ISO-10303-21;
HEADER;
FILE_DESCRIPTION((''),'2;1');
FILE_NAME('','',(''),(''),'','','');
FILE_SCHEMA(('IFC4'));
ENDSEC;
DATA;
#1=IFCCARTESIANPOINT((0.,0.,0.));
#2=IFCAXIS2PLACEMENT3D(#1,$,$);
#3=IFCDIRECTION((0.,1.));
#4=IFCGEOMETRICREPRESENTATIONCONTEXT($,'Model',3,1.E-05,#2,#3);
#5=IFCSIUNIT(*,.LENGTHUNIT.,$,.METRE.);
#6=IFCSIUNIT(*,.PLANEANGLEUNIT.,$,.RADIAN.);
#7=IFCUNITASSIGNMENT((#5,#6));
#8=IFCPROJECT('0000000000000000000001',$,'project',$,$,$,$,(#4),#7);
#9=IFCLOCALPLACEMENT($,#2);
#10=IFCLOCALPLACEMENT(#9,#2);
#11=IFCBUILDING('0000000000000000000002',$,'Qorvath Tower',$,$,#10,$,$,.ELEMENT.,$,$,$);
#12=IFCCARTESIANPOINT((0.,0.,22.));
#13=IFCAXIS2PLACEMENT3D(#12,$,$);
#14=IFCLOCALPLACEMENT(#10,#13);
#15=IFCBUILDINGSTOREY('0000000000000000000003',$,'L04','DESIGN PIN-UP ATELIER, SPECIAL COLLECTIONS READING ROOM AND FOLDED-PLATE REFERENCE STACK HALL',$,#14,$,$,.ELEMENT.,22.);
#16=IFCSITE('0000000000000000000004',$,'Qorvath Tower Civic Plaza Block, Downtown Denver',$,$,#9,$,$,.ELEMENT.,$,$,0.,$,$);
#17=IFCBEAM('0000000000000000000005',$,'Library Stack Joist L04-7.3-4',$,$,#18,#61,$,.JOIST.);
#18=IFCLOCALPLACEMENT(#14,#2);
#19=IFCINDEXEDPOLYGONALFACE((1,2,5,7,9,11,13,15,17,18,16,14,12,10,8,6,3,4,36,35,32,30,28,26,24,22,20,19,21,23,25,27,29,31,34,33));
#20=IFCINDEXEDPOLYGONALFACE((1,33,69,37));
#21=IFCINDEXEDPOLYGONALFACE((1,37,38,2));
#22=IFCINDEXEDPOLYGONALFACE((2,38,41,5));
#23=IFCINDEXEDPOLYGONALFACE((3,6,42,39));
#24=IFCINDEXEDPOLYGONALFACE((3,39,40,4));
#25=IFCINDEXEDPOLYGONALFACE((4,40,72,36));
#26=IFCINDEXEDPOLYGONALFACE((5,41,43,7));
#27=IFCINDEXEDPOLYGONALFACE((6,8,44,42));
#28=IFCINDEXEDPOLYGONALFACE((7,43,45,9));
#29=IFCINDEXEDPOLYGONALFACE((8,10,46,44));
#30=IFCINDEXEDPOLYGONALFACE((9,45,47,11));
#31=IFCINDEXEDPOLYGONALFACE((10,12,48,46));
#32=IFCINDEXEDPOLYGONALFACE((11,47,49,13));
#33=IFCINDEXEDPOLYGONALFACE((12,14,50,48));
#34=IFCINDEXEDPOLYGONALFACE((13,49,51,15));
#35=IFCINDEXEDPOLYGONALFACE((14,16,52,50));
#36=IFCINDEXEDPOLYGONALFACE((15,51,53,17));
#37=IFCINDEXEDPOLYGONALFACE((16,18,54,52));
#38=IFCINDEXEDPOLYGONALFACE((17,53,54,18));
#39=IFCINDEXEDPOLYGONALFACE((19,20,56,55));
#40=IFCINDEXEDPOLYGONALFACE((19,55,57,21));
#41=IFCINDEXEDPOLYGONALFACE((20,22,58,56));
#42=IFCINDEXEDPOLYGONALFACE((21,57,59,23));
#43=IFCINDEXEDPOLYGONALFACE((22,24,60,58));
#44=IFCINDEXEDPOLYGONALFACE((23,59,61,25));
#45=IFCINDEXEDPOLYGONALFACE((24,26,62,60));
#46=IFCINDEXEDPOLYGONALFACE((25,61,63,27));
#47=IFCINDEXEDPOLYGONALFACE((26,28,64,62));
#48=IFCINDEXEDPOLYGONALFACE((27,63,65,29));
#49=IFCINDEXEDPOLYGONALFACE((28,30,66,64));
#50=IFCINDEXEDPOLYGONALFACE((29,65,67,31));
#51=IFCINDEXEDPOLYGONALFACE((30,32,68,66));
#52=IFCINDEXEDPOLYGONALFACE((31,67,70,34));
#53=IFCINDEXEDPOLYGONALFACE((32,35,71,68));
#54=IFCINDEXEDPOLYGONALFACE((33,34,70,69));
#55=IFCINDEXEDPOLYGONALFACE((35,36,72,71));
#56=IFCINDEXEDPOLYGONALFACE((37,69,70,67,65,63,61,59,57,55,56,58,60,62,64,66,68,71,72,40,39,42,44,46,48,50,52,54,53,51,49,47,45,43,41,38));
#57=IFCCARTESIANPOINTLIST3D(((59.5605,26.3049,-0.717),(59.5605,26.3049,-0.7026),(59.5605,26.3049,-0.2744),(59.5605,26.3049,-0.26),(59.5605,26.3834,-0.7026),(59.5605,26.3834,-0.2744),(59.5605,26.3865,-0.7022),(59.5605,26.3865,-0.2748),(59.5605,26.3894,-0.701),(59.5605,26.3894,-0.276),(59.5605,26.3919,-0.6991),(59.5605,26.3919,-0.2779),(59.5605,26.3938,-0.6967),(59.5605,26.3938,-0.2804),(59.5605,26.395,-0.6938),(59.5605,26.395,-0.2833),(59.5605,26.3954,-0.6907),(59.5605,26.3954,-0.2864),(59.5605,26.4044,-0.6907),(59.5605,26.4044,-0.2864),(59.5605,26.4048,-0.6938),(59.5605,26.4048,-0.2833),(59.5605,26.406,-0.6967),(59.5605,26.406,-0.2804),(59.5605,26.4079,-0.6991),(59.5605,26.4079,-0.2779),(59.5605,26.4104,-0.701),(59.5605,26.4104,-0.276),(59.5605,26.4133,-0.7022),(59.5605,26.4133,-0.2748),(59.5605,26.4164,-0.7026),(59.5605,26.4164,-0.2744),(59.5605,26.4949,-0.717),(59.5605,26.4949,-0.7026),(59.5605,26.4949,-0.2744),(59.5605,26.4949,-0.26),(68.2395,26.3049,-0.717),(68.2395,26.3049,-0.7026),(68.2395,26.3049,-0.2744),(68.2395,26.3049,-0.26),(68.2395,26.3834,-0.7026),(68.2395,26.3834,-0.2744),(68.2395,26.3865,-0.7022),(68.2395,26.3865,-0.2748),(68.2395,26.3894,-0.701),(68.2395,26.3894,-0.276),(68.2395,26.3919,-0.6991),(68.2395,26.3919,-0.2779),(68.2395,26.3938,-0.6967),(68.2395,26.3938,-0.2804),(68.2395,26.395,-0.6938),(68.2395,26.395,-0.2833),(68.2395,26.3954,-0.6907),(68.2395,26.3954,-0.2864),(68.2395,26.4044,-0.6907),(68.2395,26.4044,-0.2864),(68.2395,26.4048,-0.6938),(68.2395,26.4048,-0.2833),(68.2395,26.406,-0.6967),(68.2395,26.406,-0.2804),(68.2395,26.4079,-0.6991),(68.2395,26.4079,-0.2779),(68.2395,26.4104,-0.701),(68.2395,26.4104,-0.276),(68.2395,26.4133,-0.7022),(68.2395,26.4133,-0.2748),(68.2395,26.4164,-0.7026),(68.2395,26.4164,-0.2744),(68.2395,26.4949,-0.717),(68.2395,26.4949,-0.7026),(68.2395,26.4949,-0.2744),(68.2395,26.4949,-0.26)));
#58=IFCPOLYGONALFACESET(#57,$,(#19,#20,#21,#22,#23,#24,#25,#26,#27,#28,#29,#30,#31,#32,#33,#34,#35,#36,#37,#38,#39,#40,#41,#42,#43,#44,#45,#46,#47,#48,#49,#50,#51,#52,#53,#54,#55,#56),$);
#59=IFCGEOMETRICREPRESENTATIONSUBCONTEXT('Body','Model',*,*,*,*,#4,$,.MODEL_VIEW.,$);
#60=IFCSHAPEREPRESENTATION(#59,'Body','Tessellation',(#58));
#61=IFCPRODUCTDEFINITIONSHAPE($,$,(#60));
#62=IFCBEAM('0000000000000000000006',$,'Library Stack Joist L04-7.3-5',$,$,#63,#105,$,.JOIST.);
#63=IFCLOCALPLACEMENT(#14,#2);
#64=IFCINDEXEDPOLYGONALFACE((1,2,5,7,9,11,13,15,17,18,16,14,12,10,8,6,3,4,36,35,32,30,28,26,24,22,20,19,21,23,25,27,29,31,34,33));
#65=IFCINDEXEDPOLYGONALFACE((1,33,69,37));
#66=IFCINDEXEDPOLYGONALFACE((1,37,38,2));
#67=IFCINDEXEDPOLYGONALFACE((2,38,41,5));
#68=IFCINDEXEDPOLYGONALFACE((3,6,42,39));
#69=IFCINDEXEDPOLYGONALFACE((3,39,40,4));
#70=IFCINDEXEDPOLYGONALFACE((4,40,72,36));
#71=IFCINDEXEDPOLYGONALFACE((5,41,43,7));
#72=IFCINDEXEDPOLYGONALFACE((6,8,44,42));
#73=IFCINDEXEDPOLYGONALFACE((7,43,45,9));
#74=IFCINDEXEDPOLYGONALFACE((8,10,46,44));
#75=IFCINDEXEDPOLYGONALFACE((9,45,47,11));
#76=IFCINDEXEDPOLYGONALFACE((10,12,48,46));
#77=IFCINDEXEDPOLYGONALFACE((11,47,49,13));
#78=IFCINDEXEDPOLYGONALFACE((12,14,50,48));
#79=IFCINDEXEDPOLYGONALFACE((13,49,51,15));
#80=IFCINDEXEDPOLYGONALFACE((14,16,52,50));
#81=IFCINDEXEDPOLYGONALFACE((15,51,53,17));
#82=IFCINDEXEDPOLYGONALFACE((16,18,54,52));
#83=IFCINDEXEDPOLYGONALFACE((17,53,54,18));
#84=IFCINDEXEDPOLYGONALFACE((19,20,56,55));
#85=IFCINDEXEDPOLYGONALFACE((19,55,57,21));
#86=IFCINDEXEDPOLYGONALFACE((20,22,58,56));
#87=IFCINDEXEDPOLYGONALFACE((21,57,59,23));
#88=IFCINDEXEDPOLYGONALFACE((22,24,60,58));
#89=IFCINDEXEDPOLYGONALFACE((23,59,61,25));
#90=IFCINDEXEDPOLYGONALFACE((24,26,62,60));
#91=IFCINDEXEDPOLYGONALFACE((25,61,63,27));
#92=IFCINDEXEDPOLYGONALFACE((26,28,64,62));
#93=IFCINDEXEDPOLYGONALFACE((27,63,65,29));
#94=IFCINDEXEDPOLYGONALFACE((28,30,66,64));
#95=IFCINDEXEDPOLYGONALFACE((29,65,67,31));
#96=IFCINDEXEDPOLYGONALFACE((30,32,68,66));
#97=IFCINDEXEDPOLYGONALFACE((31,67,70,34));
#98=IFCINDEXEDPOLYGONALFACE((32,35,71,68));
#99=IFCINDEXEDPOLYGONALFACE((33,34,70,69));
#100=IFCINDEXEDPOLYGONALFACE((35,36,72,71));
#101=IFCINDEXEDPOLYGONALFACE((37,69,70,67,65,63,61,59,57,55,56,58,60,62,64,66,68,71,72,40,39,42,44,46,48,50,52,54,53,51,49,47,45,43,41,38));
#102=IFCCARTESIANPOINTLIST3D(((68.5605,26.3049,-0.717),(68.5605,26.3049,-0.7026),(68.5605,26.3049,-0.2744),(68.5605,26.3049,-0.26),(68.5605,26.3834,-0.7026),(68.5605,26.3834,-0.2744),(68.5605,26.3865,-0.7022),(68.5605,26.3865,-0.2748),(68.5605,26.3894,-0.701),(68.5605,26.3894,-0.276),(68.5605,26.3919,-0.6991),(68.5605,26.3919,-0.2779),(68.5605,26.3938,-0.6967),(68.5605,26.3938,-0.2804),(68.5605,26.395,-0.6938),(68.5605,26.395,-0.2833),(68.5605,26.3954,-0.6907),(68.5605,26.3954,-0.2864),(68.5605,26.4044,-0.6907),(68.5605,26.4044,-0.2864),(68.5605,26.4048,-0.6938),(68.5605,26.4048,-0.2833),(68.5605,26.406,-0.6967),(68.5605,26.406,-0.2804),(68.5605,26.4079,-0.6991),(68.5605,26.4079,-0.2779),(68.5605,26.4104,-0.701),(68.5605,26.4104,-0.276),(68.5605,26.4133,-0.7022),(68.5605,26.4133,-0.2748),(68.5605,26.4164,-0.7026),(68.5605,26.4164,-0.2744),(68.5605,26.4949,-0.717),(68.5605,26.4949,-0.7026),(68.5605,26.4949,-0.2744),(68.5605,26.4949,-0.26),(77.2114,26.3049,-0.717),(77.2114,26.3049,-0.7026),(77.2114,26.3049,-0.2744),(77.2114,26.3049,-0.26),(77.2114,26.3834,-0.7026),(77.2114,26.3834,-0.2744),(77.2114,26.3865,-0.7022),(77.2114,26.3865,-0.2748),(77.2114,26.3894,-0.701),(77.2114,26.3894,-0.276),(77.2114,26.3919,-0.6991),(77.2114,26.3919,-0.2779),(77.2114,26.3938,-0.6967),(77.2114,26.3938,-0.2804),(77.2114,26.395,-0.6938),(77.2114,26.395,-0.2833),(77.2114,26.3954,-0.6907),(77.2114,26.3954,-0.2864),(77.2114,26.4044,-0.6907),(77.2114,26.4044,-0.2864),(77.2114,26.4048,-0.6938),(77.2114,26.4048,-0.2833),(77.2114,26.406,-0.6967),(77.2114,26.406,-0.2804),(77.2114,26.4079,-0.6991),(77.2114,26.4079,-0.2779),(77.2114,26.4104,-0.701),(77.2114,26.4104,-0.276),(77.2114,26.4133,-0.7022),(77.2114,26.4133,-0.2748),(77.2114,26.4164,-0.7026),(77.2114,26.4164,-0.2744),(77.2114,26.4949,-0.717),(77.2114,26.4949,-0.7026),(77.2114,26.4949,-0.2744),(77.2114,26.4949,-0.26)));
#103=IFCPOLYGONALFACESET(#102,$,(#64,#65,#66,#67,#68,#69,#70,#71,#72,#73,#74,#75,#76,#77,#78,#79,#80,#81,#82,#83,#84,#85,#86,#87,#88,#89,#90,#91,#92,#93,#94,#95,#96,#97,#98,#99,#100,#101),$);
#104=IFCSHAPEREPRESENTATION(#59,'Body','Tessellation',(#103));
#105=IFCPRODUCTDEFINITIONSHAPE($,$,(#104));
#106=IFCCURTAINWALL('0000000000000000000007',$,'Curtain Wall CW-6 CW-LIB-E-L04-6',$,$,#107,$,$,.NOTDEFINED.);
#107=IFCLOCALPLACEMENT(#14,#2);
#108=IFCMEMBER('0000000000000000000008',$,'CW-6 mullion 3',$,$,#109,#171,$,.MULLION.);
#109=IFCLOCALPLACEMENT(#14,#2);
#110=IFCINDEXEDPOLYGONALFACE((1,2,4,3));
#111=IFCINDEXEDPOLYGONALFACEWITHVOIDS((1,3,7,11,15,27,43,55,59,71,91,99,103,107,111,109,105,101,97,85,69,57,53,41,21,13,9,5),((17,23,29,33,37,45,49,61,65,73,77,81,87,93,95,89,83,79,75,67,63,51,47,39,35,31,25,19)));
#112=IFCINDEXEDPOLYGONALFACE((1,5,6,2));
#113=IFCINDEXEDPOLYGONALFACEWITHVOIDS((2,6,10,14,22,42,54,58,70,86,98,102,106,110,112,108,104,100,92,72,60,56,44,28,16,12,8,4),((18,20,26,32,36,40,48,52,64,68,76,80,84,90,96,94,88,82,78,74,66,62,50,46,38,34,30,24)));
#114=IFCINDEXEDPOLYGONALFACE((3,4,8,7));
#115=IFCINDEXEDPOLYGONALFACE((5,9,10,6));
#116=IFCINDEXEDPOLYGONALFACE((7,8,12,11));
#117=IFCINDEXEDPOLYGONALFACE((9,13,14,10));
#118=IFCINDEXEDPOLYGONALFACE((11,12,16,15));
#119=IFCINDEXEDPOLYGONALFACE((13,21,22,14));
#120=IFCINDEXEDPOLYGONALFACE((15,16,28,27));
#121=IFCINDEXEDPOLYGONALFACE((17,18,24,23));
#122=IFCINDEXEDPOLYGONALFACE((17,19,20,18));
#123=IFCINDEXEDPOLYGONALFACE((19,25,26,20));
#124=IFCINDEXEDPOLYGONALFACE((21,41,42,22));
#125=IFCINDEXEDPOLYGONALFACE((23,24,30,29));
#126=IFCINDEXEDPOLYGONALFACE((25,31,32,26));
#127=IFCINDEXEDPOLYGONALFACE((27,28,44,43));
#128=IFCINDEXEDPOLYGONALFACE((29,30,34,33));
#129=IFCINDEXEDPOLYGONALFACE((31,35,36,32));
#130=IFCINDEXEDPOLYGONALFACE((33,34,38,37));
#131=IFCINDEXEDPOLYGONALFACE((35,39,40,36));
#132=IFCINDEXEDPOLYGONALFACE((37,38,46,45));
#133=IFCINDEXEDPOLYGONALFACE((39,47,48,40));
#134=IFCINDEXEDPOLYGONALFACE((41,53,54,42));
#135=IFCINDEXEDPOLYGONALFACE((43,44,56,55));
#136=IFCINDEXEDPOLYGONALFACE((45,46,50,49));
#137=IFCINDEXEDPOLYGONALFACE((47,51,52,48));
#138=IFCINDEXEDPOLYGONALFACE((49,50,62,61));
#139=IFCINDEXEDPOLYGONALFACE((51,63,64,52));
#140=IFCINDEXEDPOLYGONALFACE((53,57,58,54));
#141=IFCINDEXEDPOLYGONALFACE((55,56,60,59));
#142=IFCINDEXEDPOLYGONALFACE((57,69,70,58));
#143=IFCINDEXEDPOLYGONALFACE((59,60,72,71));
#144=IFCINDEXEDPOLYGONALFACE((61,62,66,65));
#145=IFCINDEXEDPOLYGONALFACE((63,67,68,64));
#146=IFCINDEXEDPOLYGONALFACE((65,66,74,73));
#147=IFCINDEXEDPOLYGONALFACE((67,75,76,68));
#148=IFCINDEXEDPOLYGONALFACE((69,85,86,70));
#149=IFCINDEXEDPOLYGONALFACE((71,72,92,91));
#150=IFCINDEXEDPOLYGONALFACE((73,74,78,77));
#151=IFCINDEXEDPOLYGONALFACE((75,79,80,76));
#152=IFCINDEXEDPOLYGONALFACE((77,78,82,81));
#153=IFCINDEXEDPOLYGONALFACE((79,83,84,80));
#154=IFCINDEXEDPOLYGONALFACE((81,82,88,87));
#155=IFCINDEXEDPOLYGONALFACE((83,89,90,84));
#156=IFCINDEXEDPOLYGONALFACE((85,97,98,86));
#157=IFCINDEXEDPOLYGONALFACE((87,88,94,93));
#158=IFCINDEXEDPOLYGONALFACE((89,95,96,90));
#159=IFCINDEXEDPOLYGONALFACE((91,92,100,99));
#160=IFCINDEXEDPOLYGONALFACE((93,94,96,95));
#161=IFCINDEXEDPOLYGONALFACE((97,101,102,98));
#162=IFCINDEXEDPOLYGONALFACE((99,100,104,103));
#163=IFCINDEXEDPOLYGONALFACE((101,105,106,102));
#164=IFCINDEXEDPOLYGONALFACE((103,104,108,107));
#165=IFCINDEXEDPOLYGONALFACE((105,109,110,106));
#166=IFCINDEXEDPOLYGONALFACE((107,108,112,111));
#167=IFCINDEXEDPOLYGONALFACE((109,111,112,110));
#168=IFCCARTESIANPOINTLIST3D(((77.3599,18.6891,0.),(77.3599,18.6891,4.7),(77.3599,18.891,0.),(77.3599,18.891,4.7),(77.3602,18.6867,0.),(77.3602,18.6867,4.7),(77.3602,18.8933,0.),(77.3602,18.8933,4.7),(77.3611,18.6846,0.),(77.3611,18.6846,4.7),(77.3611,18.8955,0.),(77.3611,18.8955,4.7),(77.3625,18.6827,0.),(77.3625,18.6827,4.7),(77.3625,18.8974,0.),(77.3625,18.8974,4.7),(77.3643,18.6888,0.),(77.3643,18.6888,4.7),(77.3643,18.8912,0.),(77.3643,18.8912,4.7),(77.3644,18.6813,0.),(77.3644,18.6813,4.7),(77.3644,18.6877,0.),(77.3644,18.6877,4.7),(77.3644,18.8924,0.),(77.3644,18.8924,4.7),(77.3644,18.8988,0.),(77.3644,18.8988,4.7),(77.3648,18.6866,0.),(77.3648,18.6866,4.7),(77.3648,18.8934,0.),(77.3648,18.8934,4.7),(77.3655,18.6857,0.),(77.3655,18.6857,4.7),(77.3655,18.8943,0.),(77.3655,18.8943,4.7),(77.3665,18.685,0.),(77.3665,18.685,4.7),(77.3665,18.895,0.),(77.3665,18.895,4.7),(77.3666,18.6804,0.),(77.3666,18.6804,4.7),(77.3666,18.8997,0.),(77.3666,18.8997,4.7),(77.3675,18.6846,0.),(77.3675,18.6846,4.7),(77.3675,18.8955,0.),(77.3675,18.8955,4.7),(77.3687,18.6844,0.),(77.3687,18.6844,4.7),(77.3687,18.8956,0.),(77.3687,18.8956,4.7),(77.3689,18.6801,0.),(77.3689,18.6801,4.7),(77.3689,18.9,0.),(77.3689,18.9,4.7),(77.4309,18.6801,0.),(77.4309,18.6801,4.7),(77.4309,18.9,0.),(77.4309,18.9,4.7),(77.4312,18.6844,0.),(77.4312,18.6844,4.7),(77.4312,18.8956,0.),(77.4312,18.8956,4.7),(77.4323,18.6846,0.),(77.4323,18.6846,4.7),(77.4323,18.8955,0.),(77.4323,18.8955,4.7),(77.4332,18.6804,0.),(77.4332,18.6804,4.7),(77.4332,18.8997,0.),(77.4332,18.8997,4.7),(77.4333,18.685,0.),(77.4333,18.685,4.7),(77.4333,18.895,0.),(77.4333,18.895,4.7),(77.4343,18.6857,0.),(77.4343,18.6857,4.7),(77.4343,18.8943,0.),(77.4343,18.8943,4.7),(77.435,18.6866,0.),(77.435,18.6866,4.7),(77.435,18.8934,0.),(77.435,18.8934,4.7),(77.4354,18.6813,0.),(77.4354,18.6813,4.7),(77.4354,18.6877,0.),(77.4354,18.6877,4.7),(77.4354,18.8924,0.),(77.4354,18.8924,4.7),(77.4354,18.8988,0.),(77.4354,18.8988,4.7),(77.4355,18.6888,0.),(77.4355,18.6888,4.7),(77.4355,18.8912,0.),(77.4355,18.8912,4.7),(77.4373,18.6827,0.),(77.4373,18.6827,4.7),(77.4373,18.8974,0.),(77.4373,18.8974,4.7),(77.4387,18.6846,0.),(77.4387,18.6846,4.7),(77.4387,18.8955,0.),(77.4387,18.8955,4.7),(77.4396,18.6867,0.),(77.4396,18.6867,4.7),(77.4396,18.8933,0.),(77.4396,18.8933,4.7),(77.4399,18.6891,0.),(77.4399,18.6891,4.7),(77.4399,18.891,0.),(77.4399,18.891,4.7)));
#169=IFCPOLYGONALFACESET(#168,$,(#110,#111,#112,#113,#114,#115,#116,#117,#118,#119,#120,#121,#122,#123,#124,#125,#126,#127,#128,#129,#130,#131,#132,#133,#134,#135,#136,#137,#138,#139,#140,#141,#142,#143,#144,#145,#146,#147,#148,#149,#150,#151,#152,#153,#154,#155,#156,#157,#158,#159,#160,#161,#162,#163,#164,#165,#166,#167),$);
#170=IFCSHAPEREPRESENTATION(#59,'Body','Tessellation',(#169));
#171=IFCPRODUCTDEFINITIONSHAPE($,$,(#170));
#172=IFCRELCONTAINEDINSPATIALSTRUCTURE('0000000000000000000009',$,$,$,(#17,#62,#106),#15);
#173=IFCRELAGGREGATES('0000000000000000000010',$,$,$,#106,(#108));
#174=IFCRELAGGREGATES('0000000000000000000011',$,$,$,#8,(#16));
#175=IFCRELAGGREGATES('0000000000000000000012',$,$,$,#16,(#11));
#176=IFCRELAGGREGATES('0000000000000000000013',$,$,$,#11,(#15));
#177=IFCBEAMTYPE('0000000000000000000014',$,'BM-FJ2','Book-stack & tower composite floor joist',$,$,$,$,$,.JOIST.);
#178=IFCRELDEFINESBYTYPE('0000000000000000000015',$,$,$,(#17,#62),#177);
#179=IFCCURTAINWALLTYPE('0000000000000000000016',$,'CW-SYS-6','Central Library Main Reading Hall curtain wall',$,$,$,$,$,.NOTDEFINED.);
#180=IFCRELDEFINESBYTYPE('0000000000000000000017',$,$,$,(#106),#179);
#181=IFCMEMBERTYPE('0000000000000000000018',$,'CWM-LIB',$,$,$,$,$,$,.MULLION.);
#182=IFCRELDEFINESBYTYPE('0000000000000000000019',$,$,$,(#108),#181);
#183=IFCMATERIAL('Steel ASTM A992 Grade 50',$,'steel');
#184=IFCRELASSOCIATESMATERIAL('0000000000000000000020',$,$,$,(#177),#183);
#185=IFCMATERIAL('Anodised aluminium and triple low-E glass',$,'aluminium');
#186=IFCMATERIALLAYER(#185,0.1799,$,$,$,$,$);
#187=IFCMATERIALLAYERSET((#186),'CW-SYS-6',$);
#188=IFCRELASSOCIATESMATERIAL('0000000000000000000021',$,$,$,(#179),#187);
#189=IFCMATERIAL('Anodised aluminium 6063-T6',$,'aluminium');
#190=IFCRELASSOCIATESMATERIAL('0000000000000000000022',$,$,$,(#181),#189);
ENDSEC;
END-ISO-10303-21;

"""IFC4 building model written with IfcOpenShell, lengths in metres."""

from ifc_helpers import new_model, si_unit, direction, frame, origin, origin_2d, place, context, subcontext, project, spatial, hollow_rectangle, i_section, extrude, material, layer, layer_set, material_profile, profile_set, type_object, element, aggregate, save


model = new_model("IFC4")

# Units and contexts
model_context = context("Model", 3, precision=1e-05, world=origin(), true_north=direction((0.0, 1.0)))
body_context = subcontext(model_context, "Body", "Model", "MODEL_VIEW")
ifc_project = project(units=[si_unit("LENGTHUNIT", "METRE"), si_unit("PLANEANGLEUNIT", "RADIAN")], contexts=[model_context])

# Site, building, storey
site_placement = place(None, origin())
site = spatial("IfcSite", under=ifc_project, at=site_placement, Name="Qorvath Tower Civic Plaza Block, Downtown Denver", CompositionType="ELEMENT", RefElevation=0.0)
building_placement = place(site_placement, origin())
building = spatial("IfcBuilding", under=site, at=building_placement, Name="Qorvath Tower", CompositionType="ELEMENT")
storey_placement = place(building_placement, frame((0.0, 0.0, 22.0)))
storey = spatial("IfcBuildingStorey", under=building, at=storey_placement, Name="L04", Description="DESIGN PIN-UP ATELIER, SPECIAL COLLECTIONS READING ROOM AND FOLDED-PLATE REFERENCE STACK HALL", CompositionType="ELEMENT", Elevation=22.0)

# Beams
ifc_material_1 = material(Name="Steel ASTM A992 Grade 50", Category="steel")
ifc_material_profile_1 = material_profile(ifc_material_1, i_section(OverallWidth=0.1899, OverallDepth=0.457, WebThickness=0.009, FlangeThickness=0.0144, FilletRadius=0.012, at=origin_2d()), Name="W18x50")
ifc_profile_set_1 = profile_set([ifc_material_profile_1], Name="Steel ASTM A992 Grade 50")
beam_type_1 = type_object("IfcBeamType", Name="BM-FJ2", Description="Book-stack & tower composite floor joist", PredefinedType="JOIST", material=ifc_profile_set_1)
beam_1_placement = place(storey_placement, frame((59.5605, 26.3999, -0.4885), z_axis=(1.0, 0.0, 0.0), x_axis=(0.0, 1.0, 0.0)))
element("IfcBeam", 1, at=beam_1_placement, inside=storey, type_object=beam_type_1, Name="Library Stack Joist L04-7.3-4", PredefinedType="JOIST", context=body_context, shape_type="SweptSolid", body=[
    extrude(i_section(OverallWidth=0.1899, OverallDepth=0.457, WebThickness=0.009, FlangeThickness=0.0144, FilletRadius=0.012, at=origin_2d()), origin(), (0.0, 0.0, 1.0), 8.679),
])
beam_2_placement = place(storey_placement, frame((68.5605, 26.3999, -0.4885), z_axis=(1.0, 0.0, 0.0), x_axis=(0.0, 1.0, 0.0)))
element("IfcBeam", 2, at=beam_2_placement, inside=storey, type_object=beam_type_1, Name="Library Stack Joist L04-7.3-5", PredefinedType="JOIST", context=body_context, shape_type="SweptSolid", body=[
    extrude(i_section(OverallWidth=0.1899, OverallDepth=0.457, WebThickness=0.009, FlangeThickness=0.0144, FilletRadius=0.012, at=origin_2d()), origin(), (0.0, 0.0, 1.0), 8.6509),
])

# Curtain wall, member
ifc_material_2 = material(Name="Anodised aluminium and triple low-E glass", Category="aluminium")
ifc_layer_1 = layer(ifc_material_2, 0.1799)
ifc_layer_set_1 = layer_set([ifc_layer_1], Name="CW-SYS-6")
curtain_wall_type = type_object("IfcCurtainWallType", Name="CW-SYS-6", Description="Central Library Main Reading Hall curtain wall", PredefinedType="NOTDEFINED", material=ifc_layer_set_1)
curtain_wall_placement = place(storey_placement, origin())
curtain_wall = element("IfcCurtainWall", 3, at=curtain_wall_placement, inside=storey, type_object=curtain_wall_type, Name="Curtain Wall CW-6 CW-LIB-E-L04-6", PredefinedType="NOTDEFINED")
ifc_material_3 = material(Name="Anodised aluminium 6063-T6", Category="aluminium")
ifc_material_profile_2 = material_profile(ifc_material_3, hollow_rectangle(XDim=0.0801, YDim=0.22, WallThickness=0.0044, InnerFilletRadius=0.0044, OuterFilletRadius=0.009, at=origin_2d()), Name="CWM LIB 220x80")
ifc_profile_set_2 = profile_set([ifc_material_profile_2], Name="Anodised aluminium 6063-T6")
member_type_1 = type_object("IfcMemberType", Name="CWM-LIB", PredefinedType="MULLION", material=ifc_profile_set_2)
member_1_placement = place(storey_placement, frame((77.3999, 18.79, 0.0), z_axis=(0.0, 0.0, 1.0), x_axis=(-1.0, 0.0, 0.0)))
member_1 = element("IfcMember", 4, at=member_1_placement, type_object=member_type_1, Name="CW-6 mullion 3", PredefinedType="MULLION", context=body_context, shape_type="SweptSolid", body=[
    extrude(hollow_rectangle(XDim=0.0801, YDim=0.22, WallThickness=0.0044, InnerFilletRadius=0.0044, OuterFilletRadius=0.009, at=origin_2d()), origin(), (0.0, 0.0, 1.0), 4.7),
])
aggregate(curtain_wall, [member_1])

save(model, "model.ifc")
